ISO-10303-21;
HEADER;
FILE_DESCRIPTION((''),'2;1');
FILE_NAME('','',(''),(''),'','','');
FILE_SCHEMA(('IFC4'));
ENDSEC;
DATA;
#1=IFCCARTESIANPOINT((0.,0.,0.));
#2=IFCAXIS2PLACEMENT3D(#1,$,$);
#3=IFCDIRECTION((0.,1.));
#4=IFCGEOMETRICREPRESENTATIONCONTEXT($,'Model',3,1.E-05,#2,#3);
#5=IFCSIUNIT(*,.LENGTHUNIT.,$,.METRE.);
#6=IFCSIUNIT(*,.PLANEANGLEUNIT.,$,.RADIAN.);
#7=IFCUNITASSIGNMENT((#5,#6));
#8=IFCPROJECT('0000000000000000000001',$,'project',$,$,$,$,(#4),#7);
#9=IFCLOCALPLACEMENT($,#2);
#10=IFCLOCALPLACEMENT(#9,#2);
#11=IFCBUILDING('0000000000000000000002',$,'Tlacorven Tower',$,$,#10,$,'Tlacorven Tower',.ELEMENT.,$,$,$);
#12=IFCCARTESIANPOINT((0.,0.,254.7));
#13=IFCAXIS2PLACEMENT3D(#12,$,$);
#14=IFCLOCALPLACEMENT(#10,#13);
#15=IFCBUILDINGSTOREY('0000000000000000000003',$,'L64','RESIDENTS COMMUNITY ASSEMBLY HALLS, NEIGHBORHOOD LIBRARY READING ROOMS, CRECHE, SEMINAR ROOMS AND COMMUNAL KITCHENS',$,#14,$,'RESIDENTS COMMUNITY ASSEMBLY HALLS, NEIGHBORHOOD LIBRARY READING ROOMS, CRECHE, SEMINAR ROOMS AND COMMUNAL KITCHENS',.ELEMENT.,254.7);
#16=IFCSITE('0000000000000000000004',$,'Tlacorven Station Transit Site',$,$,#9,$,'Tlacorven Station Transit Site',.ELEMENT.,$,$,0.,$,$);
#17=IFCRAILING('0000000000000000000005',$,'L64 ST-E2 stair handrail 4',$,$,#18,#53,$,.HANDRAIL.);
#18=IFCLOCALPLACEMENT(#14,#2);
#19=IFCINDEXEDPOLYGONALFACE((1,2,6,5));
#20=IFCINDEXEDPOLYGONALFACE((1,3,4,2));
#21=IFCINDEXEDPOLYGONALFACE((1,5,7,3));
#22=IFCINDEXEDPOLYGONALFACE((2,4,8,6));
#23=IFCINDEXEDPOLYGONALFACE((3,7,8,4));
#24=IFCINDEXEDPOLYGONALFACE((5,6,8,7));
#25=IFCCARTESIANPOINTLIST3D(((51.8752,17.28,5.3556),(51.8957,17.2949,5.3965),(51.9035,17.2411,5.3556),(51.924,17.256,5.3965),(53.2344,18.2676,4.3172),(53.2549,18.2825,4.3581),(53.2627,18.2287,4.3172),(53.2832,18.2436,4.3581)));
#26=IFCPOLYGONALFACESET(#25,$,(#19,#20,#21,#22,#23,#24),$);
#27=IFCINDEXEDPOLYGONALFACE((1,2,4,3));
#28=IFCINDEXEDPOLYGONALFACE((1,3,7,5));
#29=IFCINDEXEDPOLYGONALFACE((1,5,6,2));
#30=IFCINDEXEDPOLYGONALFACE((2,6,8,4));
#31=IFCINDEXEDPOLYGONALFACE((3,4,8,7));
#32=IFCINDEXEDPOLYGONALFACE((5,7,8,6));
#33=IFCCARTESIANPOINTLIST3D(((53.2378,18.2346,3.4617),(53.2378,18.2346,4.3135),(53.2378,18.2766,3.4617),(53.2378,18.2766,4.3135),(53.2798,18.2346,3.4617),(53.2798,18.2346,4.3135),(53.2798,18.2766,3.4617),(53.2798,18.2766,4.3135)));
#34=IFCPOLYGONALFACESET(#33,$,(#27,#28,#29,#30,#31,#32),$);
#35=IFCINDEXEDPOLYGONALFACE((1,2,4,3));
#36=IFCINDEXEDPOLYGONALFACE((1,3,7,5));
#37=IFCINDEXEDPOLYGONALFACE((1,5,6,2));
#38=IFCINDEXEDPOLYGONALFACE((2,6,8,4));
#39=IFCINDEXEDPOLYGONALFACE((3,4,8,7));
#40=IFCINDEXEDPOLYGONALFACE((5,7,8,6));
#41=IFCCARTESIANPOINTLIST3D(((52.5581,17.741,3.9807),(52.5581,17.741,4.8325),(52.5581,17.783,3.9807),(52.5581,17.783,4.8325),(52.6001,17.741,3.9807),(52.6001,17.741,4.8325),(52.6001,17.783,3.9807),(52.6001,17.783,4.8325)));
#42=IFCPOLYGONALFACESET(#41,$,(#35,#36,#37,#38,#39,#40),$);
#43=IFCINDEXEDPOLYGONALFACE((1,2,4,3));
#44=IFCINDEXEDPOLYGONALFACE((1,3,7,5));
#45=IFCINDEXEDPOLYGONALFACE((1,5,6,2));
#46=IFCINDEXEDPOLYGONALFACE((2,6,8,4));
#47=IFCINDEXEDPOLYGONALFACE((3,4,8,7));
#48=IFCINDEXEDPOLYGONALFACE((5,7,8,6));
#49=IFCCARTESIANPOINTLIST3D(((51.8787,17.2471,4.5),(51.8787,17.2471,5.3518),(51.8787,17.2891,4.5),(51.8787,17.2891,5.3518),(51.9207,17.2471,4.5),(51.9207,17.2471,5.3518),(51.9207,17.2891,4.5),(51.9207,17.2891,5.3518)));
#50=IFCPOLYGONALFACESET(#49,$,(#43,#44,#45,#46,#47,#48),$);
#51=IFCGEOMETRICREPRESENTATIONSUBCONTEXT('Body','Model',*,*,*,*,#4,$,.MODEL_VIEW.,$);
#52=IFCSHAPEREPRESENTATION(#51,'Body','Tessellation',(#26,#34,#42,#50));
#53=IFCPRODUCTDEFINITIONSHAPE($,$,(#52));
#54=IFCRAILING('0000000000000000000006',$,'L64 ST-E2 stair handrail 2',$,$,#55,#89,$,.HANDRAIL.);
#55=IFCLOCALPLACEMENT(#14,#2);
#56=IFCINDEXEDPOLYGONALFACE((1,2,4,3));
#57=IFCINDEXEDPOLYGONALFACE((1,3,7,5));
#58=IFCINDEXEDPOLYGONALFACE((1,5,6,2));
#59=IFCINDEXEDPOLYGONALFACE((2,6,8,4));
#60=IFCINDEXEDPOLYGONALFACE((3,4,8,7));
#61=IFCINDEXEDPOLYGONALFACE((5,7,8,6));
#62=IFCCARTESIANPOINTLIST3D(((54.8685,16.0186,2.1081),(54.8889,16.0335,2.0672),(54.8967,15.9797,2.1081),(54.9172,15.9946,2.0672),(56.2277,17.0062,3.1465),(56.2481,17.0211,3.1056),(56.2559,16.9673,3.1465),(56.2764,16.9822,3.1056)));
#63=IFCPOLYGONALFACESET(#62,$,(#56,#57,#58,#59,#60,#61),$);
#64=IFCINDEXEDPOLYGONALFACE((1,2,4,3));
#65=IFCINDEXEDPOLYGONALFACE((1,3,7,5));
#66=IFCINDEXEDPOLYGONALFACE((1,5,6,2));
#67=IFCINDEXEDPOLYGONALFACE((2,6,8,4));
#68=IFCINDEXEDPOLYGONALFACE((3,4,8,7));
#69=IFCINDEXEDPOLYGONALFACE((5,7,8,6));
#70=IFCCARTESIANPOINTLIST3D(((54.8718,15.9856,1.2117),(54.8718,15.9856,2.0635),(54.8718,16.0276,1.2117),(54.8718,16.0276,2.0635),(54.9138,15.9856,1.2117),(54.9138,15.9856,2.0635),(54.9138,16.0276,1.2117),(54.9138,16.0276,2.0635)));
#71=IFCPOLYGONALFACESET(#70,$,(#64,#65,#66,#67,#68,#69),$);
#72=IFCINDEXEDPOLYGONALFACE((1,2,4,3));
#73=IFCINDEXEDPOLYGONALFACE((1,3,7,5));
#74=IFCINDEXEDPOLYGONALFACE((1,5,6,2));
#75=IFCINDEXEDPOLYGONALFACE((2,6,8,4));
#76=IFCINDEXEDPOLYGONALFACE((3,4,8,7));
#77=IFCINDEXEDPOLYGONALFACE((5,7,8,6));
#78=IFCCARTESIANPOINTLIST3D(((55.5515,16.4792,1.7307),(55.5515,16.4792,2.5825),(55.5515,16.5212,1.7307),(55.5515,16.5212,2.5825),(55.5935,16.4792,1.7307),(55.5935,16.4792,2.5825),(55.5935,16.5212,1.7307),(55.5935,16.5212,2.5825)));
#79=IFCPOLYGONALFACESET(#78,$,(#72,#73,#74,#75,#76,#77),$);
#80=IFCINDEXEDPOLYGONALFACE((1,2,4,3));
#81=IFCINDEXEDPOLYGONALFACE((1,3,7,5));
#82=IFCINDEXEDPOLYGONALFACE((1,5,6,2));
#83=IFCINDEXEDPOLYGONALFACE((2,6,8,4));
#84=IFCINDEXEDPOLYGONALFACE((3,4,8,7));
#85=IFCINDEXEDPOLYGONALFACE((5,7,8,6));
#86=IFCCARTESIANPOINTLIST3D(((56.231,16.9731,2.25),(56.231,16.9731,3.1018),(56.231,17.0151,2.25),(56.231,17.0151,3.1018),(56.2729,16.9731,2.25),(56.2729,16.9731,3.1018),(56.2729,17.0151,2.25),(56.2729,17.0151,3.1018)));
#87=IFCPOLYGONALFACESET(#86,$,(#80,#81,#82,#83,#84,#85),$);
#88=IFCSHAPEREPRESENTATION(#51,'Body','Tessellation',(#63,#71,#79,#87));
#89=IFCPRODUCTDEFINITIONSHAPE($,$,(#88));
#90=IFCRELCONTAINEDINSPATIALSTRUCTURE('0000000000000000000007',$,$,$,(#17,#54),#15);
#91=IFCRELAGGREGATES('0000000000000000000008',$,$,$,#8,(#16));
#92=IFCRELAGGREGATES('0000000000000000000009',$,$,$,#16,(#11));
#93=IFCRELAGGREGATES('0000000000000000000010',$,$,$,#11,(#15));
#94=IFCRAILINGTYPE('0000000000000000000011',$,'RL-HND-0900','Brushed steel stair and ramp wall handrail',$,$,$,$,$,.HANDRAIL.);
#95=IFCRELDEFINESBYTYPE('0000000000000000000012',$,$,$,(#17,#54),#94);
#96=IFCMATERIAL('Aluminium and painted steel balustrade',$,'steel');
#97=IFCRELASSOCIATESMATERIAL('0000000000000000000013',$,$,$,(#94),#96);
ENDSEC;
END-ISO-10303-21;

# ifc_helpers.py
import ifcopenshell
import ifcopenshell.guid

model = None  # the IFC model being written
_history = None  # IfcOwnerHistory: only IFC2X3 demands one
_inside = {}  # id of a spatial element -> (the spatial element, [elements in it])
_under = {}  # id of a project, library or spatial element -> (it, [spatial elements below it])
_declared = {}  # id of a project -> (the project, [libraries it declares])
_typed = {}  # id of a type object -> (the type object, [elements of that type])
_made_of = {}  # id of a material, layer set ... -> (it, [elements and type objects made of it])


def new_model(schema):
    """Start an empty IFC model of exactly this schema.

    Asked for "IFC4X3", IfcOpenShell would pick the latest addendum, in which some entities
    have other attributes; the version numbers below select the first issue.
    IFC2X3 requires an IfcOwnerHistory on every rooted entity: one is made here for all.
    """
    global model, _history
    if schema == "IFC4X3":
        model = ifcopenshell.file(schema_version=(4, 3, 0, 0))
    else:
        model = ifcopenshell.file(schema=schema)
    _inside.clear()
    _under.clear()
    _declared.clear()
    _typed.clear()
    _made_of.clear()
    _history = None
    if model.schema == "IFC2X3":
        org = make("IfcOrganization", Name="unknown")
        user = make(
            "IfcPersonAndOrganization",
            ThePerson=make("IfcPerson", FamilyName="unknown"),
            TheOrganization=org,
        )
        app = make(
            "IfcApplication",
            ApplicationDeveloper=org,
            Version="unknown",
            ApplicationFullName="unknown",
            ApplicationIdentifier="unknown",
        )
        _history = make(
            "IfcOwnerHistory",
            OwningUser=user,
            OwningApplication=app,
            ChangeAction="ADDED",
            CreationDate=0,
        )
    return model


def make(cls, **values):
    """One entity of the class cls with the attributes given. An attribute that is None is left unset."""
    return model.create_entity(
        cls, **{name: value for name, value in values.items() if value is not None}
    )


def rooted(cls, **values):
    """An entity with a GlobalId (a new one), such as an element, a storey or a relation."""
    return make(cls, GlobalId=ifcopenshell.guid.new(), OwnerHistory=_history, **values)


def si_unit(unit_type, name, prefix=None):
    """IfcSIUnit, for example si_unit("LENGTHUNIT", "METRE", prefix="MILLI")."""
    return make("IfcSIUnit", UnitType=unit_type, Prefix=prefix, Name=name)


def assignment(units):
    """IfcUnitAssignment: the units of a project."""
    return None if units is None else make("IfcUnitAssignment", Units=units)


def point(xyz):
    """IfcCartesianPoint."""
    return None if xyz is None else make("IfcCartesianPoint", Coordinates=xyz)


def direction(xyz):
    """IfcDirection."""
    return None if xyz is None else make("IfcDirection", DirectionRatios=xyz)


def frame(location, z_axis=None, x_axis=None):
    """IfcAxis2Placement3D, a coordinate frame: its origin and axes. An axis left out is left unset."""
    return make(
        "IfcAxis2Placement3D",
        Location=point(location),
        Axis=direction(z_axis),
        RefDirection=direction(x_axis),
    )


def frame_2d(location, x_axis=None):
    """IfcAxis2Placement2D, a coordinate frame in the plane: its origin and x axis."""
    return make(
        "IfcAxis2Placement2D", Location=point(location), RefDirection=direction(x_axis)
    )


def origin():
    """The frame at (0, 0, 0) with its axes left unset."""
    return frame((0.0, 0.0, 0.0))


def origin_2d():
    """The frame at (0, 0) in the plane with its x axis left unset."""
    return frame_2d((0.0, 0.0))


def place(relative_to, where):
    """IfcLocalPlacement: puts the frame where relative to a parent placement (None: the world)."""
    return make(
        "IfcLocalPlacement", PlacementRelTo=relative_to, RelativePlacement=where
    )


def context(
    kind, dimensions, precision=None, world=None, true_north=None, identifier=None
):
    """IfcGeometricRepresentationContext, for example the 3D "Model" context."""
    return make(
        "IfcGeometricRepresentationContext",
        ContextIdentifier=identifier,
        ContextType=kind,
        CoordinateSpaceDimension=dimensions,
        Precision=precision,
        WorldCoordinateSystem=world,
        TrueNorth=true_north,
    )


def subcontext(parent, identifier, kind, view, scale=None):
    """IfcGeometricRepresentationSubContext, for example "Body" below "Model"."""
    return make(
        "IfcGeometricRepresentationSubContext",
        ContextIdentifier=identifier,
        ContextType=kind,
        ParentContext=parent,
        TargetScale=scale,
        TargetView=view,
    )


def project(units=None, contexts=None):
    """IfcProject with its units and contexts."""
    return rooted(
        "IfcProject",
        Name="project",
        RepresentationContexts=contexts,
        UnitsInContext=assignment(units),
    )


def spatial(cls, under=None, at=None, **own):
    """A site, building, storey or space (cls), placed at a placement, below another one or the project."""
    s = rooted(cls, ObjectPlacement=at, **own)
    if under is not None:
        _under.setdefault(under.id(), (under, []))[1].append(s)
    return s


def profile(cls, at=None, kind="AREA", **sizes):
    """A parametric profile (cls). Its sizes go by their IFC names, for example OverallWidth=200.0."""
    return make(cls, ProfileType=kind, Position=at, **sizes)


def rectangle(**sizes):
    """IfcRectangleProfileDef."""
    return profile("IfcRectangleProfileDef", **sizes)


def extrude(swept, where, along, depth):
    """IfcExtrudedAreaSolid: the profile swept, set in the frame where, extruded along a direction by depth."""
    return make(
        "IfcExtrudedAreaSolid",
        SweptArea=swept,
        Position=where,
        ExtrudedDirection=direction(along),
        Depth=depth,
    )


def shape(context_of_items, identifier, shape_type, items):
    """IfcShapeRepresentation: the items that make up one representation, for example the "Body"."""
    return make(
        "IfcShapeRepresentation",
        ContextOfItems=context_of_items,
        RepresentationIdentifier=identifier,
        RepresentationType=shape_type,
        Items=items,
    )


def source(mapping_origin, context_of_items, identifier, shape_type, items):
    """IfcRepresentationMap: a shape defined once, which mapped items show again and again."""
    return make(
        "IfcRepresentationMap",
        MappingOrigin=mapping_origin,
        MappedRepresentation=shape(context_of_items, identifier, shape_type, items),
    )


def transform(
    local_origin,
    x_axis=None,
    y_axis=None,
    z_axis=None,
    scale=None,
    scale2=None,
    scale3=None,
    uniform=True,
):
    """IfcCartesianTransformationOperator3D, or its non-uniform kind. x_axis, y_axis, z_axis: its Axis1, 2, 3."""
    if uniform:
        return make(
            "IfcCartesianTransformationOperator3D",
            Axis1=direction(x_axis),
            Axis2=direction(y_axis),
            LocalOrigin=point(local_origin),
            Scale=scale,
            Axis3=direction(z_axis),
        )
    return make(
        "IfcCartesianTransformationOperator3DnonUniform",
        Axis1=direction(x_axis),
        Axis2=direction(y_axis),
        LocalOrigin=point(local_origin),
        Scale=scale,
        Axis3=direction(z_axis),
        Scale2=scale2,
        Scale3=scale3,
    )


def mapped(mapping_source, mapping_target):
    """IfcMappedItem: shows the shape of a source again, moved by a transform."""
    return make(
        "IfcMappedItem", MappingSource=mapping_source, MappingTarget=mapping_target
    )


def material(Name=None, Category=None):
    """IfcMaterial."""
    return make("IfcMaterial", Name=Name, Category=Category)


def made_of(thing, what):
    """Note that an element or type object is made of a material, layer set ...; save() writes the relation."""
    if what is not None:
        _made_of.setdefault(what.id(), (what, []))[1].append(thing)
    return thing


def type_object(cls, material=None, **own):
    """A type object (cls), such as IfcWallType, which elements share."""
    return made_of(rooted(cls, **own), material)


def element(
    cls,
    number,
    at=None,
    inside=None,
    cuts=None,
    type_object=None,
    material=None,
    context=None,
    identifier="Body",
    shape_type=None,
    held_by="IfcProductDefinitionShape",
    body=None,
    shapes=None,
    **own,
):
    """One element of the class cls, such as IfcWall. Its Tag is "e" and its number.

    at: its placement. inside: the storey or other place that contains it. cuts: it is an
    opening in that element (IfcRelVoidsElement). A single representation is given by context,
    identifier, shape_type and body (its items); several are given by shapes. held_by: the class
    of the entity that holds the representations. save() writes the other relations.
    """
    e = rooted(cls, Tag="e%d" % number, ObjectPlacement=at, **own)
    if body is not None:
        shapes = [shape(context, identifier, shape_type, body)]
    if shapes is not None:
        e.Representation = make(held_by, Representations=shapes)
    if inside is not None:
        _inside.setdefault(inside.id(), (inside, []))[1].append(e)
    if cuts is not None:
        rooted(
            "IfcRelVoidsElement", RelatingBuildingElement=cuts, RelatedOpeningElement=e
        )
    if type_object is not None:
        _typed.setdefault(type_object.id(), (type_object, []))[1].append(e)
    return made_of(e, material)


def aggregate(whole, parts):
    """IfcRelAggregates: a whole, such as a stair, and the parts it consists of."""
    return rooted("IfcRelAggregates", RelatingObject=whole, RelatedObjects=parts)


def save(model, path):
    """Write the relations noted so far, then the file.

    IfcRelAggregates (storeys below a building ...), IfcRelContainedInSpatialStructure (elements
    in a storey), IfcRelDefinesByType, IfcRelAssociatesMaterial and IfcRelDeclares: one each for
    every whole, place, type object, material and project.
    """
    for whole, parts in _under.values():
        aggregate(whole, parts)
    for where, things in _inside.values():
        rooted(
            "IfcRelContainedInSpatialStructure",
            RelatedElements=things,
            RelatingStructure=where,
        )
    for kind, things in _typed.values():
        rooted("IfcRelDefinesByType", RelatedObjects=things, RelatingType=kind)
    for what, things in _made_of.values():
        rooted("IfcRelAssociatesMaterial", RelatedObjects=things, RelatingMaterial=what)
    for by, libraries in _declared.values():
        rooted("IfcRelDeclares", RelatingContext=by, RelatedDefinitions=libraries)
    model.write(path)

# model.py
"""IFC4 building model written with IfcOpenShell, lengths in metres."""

from ifc_helpers import new_model, si_unit, direction, frame, origin, origin_2d, place, context, subcontext, project, spatial, rectangle, extrude, source, transform, mapped, material, type_object, element, save


model = new_model("IFC4")

# Units and contexts
model_context = context("Model", 3, precision=1e-05, world=origin(), true_north=direction((0.0, 1.0)))
body_context = subcontext(model_context, "Body", "Model", "MODEL_VIEW")
ifc_project = project(units=[si_unit("LENGTHUNIT", "METRE"), si_unit("PLANEANGLEUNIT", "RADIAN")], contexts=[model_context])

# Site, building, storey
site_placement = place(None, origin())
site = spatial("IfcSite", under=ifc_project, at=site_placement, Name="Tlacorven Station Transit Site", LongName="Tlacorven Station Transit Site", CompositionType="ELEMENT", RefElevation=0.0)
building_placement = place(site_placement, origin())
building = spatial("IfcBuilding", under=site, at=building_placement, Name="Tlacorven Tower", LongName="Tlacorven Tower", CompositionType="ELEMENT")
storey_placement = place(building_placement, frame((0.0, 0.0, 254.7)))
storey = spatial("IfcBuildingStorey", under=building, at=storey_placement, Name="L64", Description="RESIDENTS COMMUNITY ASSEMBLY HALLS, NEIGHBORHOOD LIBRARY READING ROOMS, CRECHE, SEMINAR ROOMS AND COMMUNAL KITCHENS", LongName="RESIDENTS COMMUNITY ASSEMBLY HALLS, NEIGHBORHOOD LIBRARY READING ROOMS, CRECHE, SEMINAR ROOMS AND COMMUNAL KITCHENS", CompositionType="ELEMENT", Elevation=254.7)

# Railings
ifc_material_1 = material(Name="Aluminium and painted steel balustrade", Category="steel")
railing_type_1 = type_object("IfcRailingType", Name="RL-HND-0900", Description="Brushed steel stair and ramp wall handrail", PredefinedType="HANDRAIL", material=ifc_material_1)
shared_shape_1 = source(origin(), body_context, "Body", "SweptSolid", [
    extrude(rectangle(XDim=0.0481, YDim=0.0481, at=origin_2d()), frame((0.0, 0.0, 0.876), z_axis=(-0.688168, -0.500025, 0.525737), x_axis=(0.587817, -0.808994, 0.0)), (0.0, 0.0, 1.0), 1.9751),
    extrude(rectangle(XDim=0.042, YDim=0.042, at=origin_2d()), origin(), (0.0, 0.0, 1.0), 0.8518),
    extrude(rectangle(XDim=0.042, YDim=0.042, at=origin_2d()), frame((-0.6797, -0.4937, 0.519)), (0.0, 0.0, 1.0), 0.8518),
    extrude(rectangle(XDim=0.042, YDim=0.042, at=origin_2d()), frame((-1.3591, -0.9875, 1.0383)), (0.0, 0.0, 1.0), 0.8518),
])
railing_1_placement = place(storey_placement, frame((53.2588, 18.2556, 3.4617)))
element("IfcRailing", 1, at=railing_1_placement, inside=storey, type_object=railing_type_1, Name="L64 ST-E2 stair handrail 4", PredefinedType="HANDRAIL", context=body_context, shape_type="MappedRepresentation", body=[
    mapped(shared_shape_1, transform((0.0, 0.0, 0.0), scale=1.0)),
])
shared_shape_2 = source(origin(), body_context, "Body", "SweptSolid", [
    extrude(rectangle(XDim=0.0481, YDim=0.0481, at=origin_2d()), frame((0.0, 0.0, 0.876), z_axis=(0.688168, 0.500025, 0.525737), x_axis=(-0.587817, 0.808994, 0.0)), (0.0, 0.0, 1.0), 1.9751),
    extrude(rectangle(XDim=0.042, YDim=0.042, at=origin_2d()), origin(), (0.0, 0.0, 1.0), 0.8518),
    extrude(rectangle(XDim=0.042, YDim=0.042, at=origin_2d()), frame((0.6797, 0.4937, 0.519)), (0.0, 0.0, 1.0), 0.8518),
    extrude(rectangle(XDim=0.042, YDim=0.042, at=origin_2d()), frame((1.3591, 0.9875, 1.0383)), (0.0, 0.0, 1.0), 0.8518),
])
railing_2_placement = place(storey_placement, frame((54.8928, 16.0066, 1.2117)))
element("IfcRailing", 2, at=railing_2_placement, inside=storey, type_object=railing_type_1, Name="L64 ST-E2 stair handrail 2", PredefinedType="HANDRAIL", context=body_context, shape_type="MappedRepresentation", body=[
    mapped(shared_shape_2, transform((0.0, 0.0, 0.0), scale=1.0)),
])

save(model, "model.ifc")
